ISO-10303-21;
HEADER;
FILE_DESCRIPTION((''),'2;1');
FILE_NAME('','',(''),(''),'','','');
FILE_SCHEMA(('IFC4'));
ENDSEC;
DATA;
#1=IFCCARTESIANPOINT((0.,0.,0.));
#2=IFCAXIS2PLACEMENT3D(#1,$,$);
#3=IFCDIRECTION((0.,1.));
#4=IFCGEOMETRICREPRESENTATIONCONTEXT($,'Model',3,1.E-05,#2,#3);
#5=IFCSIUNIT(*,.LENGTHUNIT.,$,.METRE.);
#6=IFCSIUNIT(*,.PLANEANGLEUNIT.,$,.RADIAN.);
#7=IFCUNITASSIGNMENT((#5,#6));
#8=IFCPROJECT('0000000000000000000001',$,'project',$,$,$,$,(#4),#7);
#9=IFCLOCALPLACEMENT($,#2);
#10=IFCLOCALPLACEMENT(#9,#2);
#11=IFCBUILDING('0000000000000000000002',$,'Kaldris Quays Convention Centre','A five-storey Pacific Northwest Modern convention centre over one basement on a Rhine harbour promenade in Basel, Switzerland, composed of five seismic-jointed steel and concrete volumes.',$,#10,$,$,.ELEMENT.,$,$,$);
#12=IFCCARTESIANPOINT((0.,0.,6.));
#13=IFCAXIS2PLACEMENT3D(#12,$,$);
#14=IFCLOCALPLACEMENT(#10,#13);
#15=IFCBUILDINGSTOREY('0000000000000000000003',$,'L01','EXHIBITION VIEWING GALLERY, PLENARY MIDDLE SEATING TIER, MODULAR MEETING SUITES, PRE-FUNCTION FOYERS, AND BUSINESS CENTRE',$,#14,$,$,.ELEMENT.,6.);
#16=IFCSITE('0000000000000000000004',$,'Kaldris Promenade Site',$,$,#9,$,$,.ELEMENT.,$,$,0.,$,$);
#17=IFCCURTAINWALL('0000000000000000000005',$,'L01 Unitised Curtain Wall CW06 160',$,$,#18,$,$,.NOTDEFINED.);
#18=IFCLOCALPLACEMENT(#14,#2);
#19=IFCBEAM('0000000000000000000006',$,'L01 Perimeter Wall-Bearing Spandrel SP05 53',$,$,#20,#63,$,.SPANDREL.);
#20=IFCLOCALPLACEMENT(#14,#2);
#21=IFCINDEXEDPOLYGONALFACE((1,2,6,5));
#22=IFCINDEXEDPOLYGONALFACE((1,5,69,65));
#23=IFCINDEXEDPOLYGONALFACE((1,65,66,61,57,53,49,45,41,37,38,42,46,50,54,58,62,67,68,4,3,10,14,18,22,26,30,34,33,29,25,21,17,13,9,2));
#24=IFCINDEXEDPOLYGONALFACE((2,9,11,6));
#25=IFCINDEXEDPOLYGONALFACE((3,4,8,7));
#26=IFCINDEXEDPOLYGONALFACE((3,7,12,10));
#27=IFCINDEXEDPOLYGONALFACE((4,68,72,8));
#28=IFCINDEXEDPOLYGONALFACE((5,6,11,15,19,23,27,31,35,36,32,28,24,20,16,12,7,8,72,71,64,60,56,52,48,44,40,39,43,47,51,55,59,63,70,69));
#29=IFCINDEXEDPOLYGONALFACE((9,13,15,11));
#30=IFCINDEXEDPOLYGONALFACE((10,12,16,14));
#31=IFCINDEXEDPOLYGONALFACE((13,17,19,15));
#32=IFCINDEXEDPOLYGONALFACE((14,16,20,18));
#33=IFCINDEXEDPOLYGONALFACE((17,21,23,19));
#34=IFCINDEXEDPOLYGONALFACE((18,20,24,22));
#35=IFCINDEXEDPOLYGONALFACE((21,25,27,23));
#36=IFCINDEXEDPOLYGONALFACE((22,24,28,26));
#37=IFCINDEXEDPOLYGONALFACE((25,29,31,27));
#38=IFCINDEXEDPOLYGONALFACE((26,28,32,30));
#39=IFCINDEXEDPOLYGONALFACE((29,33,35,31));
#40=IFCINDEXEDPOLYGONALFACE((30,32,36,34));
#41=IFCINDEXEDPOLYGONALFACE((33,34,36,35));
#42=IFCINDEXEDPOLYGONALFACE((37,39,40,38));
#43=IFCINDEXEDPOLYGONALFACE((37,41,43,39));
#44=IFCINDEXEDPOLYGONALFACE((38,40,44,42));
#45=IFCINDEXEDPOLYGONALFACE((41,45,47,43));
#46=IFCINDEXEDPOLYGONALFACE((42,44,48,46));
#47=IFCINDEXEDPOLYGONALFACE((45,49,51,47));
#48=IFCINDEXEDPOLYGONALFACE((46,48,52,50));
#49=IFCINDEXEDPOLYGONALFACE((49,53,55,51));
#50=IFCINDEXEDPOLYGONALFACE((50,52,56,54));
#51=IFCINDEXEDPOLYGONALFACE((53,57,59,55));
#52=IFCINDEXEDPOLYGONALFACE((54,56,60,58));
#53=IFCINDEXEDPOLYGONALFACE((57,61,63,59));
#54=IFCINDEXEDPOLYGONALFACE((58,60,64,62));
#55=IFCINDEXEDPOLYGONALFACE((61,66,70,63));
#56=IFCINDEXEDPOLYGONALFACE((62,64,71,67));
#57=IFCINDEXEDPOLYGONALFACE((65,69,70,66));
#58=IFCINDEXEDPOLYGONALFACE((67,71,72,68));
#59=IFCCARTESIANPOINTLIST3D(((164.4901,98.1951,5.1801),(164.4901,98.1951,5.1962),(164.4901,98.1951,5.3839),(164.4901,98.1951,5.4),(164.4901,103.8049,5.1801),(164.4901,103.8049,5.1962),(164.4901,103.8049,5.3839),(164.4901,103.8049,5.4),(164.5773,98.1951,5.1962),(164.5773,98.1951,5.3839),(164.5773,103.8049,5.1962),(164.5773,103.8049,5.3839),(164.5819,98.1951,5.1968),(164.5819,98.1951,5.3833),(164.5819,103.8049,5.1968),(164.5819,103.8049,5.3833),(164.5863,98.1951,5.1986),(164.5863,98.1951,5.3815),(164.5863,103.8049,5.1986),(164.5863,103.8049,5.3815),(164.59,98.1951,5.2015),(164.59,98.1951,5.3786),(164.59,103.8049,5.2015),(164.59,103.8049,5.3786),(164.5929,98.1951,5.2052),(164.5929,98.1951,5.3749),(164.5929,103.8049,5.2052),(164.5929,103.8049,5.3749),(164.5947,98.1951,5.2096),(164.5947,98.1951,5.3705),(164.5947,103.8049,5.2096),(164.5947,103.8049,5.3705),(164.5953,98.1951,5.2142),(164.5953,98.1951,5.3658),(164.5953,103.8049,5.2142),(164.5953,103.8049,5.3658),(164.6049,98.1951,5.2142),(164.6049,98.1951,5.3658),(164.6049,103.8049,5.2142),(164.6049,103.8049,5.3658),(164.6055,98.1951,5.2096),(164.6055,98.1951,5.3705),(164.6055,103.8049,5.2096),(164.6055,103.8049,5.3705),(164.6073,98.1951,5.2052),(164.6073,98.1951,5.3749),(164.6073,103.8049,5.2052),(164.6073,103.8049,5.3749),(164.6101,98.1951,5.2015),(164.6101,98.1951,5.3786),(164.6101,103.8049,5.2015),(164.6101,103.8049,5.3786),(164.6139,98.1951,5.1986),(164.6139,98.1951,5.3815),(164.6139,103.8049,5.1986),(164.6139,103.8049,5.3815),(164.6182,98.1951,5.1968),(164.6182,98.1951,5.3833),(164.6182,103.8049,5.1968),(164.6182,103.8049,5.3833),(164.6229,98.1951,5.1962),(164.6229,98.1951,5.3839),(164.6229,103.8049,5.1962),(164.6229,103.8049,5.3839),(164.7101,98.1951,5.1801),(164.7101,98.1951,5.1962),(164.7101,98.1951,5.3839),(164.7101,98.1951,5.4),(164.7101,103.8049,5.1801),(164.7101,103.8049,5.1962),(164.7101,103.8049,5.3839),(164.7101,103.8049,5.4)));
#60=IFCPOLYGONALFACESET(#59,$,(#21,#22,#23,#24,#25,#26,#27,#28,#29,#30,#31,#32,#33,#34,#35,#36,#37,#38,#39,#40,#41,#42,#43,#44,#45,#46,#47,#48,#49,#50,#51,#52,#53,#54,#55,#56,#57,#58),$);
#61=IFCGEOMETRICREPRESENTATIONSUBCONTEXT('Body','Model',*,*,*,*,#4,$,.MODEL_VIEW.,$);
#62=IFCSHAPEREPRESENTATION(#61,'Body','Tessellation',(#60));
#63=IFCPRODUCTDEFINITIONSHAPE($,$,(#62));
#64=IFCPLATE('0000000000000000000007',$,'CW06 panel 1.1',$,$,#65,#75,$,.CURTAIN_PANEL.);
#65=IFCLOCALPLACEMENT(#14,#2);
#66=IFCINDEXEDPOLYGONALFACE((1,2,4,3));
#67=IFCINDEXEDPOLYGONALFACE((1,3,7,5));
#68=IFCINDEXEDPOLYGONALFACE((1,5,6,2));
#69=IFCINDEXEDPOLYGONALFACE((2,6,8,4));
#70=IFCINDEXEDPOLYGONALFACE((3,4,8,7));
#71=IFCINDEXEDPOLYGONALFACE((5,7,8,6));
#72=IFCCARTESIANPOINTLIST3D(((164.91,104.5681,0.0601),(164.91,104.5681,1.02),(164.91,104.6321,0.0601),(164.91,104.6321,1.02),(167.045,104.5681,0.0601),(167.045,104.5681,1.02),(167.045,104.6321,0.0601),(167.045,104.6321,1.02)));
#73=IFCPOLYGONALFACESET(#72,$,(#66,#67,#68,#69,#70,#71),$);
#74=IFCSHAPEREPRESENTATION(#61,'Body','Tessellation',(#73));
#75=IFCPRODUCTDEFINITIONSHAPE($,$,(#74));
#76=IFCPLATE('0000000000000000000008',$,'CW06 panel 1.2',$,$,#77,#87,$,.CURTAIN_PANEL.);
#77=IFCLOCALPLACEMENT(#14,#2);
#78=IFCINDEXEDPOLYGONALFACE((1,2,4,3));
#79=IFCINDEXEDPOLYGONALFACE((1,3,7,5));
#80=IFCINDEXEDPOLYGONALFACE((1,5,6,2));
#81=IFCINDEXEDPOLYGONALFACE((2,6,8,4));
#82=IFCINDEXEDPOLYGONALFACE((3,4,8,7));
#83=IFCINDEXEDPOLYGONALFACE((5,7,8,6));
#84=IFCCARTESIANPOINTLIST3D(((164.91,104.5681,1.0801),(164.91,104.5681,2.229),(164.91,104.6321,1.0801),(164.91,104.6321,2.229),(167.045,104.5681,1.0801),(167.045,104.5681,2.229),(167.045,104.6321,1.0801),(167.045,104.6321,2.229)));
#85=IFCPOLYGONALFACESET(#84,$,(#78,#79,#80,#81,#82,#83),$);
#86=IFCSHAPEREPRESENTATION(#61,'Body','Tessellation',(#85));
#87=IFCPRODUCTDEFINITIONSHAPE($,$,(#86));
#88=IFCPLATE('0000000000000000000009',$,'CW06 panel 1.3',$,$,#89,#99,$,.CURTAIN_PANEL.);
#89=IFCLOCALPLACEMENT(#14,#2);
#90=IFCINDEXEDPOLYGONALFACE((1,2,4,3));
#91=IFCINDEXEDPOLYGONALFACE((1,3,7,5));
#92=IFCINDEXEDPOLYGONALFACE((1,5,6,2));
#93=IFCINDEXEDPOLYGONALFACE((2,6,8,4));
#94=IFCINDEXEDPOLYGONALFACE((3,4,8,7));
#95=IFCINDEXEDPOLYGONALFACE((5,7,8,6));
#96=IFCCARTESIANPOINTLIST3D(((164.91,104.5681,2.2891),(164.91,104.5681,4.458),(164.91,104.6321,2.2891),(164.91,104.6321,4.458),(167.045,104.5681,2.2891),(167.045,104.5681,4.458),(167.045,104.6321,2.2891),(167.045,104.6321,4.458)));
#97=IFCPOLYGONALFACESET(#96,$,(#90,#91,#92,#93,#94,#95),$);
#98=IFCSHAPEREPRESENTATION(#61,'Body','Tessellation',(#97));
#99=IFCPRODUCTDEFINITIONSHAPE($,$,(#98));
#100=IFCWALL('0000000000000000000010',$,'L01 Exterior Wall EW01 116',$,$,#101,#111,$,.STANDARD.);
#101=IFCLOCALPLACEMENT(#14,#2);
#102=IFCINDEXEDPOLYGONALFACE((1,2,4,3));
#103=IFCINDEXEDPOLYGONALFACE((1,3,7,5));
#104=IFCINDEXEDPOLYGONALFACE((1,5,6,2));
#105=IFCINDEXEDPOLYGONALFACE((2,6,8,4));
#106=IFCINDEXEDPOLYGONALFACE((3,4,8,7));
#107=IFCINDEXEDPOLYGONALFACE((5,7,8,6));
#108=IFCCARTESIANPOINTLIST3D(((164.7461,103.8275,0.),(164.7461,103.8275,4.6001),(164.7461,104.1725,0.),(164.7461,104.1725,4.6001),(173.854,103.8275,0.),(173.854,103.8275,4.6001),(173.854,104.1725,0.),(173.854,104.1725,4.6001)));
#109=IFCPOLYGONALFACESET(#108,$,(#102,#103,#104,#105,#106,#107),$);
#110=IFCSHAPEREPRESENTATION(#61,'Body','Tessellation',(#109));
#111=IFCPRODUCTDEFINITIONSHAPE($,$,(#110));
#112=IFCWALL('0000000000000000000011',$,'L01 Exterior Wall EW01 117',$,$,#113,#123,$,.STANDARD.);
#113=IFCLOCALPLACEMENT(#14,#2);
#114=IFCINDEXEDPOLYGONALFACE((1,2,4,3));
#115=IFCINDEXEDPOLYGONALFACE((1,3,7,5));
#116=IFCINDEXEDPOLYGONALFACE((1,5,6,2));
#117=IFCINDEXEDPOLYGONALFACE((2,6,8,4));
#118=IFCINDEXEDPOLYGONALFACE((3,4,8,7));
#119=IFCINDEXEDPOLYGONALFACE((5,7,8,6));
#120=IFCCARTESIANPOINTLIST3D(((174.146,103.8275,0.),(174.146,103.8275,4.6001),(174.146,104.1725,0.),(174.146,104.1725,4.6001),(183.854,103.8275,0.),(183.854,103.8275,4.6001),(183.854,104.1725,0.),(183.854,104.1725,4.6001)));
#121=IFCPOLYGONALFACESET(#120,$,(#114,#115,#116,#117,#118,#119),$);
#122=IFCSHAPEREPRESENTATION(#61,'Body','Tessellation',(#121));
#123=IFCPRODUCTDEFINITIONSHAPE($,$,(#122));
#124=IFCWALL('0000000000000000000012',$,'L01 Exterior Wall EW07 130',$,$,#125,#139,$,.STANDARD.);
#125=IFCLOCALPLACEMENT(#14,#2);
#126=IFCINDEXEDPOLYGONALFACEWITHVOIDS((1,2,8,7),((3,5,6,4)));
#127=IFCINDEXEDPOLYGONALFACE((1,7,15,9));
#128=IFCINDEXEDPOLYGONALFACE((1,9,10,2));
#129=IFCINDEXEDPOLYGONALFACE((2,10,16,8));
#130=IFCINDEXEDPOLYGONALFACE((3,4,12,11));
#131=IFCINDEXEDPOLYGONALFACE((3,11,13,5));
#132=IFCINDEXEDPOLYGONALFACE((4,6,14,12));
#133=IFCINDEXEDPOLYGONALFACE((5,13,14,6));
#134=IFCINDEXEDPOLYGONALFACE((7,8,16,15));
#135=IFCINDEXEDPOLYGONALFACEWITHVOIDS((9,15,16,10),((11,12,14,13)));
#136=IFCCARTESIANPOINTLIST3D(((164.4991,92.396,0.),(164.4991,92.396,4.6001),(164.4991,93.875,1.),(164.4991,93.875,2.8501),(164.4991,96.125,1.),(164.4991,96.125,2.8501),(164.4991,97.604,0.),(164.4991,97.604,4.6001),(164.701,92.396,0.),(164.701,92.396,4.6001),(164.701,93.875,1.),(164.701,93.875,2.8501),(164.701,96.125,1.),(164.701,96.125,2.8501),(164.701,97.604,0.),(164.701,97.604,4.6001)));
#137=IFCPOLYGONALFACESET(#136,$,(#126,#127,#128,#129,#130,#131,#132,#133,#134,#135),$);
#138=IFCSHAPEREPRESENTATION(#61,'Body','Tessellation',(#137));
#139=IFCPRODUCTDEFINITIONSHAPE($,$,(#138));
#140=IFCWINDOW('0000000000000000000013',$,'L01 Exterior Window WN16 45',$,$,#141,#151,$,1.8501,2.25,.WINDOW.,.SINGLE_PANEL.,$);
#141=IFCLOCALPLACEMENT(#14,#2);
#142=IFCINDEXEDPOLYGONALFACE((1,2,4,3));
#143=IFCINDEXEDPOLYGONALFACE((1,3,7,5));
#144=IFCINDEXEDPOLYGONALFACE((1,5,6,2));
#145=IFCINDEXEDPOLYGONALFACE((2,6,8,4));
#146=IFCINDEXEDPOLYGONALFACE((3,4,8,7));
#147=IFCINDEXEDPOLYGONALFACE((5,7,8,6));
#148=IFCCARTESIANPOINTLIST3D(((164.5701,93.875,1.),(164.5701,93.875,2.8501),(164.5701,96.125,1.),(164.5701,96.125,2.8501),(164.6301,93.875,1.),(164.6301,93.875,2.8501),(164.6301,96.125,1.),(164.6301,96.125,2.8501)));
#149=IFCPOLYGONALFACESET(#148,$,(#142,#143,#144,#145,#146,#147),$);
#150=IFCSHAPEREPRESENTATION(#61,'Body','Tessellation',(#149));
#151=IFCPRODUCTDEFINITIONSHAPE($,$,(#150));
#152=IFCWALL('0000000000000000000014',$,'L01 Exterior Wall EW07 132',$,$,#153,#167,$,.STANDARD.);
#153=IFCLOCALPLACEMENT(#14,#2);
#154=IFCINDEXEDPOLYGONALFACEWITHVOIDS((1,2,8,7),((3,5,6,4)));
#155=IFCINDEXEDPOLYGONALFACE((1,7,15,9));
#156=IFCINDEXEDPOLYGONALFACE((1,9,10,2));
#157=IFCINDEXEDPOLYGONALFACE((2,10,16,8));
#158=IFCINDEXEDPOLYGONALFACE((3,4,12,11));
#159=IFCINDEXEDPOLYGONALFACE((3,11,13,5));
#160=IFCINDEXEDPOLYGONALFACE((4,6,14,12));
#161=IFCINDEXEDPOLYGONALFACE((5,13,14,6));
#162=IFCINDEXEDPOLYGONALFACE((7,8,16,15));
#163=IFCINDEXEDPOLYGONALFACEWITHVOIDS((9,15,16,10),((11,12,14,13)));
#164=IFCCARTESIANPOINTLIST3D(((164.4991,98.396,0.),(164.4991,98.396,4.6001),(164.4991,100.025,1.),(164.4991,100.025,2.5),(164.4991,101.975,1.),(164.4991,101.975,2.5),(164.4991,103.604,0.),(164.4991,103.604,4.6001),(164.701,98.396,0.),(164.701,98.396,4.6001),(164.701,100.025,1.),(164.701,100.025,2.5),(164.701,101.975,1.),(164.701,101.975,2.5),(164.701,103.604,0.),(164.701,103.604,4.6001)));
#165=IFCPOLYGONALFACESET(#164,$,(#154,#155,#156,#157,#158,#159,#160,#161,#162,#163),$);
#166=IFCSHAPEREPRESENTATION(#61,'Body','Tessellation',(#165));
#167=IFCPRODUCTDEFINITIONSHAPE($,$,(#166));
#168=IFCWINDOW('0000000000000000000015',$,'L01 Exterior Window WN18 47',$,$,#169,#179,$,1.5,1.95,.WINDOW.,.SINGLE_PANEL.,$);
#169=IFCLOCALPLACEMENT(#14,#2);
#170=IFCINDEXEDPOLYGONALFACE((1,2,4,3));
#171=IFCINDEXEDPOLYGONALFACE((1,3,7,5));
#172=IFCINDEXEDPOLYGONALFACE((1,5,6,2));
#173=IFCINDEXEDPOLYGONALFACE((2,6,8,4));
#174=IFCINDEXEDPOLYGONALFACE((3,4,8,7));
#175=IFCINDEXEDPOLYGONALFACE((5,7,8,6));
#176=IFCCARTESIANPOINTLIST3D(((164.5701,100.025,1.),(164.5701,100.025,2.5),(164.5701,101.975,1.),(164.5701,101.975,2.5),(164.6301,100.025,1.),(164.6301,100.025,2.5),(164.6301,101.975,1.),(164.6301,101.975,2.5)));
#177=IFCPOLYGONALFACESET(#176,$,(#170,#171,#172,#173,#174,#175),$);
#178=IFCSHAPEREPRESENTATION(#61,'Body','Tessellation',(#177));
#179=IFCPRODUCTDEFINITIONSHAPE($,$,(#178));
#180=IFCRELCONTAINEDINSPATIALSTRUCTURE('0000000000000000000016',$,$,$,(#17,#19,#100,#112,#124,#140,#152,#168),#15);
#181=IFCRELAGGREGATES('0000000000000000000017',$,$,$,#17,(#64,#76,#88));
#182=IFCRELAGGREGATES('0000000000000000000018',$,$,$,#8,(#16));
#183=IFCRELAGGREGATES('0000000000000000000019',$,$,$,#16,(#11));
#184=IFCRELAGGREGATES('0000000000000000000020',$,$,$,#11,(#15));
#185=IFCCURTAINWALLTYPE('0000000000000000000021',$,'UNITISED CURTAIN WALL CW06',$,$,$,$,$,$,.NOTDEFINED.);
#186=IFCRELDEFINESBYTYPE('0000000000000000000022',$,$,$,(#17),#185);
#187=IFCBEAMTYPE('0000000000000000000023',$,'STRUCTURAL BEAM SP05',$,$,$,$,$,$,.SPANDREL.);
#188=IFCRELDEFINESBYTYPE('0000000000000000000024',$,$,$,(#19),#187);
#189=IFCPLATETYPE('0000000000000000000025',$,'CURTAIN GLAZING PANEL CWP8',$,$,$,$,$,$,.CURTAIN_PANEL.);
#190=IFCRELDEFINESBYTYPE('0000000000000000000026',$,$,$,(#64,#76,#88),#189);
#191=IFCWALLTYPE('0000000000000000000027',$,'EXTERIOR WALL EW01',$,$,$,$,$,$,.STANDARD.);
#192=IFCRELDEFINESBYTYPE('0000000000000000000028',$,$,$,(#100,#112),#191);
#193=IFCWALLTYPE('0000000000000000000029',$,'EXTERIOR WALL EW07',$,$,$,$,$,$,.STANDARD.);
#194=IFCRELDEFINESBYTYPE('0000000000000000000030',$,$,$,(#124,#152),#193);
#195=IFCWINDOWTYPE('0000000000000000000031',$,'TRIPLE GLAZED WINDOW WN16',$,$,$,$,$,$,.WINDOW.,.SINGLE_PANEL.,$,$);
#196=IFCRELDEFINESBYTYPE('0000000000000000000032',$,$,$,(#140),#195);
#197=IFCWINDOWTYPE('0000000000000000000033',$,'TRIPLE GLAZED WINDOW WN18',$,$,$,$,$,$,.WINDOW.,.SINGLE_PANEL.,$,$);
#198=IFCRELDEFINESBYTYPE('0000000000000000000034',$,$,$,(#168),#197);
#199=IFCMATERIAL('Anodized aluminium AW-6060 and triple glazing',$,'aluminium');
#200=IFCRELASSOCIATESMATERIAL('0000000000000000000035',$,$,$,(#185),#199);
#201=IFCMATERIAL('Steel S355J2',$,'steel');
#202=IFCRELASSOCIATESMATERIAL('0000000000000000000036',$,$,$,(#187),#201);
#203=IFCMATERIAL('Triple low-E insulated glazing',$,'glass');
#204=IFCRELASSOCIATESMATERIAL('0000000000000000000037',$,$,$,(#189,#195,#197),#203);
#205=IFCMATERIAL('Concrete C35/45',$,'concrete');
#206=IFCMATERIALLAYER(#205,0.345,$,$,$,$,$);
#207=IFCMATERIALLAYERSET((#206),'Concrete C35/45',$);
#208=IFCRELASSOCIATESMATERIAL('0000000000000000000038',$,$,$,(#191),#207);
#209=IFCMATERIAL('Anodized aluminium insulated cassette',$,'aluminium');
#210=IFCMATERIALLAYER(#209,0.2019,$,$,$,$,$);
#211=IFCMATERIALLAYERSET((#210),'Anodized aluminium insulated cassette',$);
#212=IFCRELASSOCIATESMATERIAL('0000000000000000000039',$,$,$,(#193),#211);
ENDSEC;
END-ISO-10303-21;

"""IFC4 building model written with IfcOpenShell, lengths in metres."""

from ifc_helpers import new_model, si_unit, direction, frame, frame_2d, origin, origin_2d, place, context, subcontext, project, spatial, rectangle, i_section, extrude, material, layer, layer_set, material_profile, profile_set, type_object, element, fill, aggregate, save


model = new_model("IFC4")

# Units and contexts
model_context = context("Model", 3, precision=1e-05, world=origin(), true_north=direction((0.0, 1.0)))
body_context = subcontext(model_context, "Body", "Model", "MODEL_VIEW")
ifc_project = project(units=[si_unit("LENGTHUNIT", "METRE"), si_unit("PLANEANGLEUNIT", "RADIAN")], contexts=[model_context])

# Site, building, storey
site_placement = place(None, origin())
site = spatial("IfcSite", under=ifc_project, at=site_placement, Name="Kaldris Promenade Site", CompositionType="ELEMENT", RefElevation=0.0)
building_placement = place(site_placement, origin())
building = spatial("IfcBuilding", under=site, at=building_placement, Name="Kaldris Quays Convention Centre", Description="A five-storey Pacific Northwest Modern convention centre over one basement on a Rhine harbour promenade in Basel, Switzerland, composed of five seismic-jointed steel and concrete volumes.", CompositionType="ELEMENT")
storey_placement = place(building_placement, frame((0.0, 0.0, 6.0)))
storey = spatial("IfcBuildingStorey", under=building, at=storey_placement, Name="L01", Description="EXHIBITION VIEWING GALLERY, PLENARY MIDDLE SEATING TIER, MODULAR MEETING SUITES, PRE-FUNCTION FOYERS, AND BUSINESS CENTRE", CompositionType="ELEMENT", Elevation=6.0)

# Shared definitions
ifc_material_1 = material(Name="Steel S355J2", Category="steel")

# Curtain wall
ifc_material_2 = material(Name="Anodized aluminium AW-6060 and triple glazing", Category="aluminium")
curtain_wall_type = type_object("IfcCurtainWallType", Name="UNITISED CURTAIN WALL CW06", PredefinedType="NOTDEFINED", material=ifc_material_2)
curtain_wall_placement = place(storey_placement, origin())
curtain_wall = element("IfcCurtainWall", 1, at=curtain_wall_placement, inside=storey, type_object=curtain_wall_type, Name="L01 Unitised Curtain Wall CW06 160", PredefinedType="NOTDEFINED")

# Beam
ifc_material_profile_1 = material_profile(ifc_material_1, i_section(OverallWidth=0.22, OverallDepth=0.22, WebThickness=0.0095, FlangeThickness=0.0161, FilletRadius=0.0181, at=origin_2d()), Name="HEB 220")
ifc_profile_set_1 = profile_set([ifc_material_profile_1], Name="Steel S355J2")
beam_type_1 = type_object("IfcBeamType", Name="STRUCTURAL BEAM SP05", PredefinedType="SPANDREL", material=ifc_profile_set_1)
beam_1_placement = place(storey_placement, frame((164.6001, 98.1951, 5.29), z_axis=(0.0, 1.0, 0.0), x_axis=(-1.0, 0.0, 0.0)))
element("IfcBeam", 2, at=beam_1_placement, inside=storey, type_object=beam_type_1, Name="L01 Perimeter Wall-Bearing Spandrel SP05 53", PredefinedType="SPANDREL", context=body_context, shape_type="SweptSolid", body=[
    extrude(i_section(OverallWidth=0.22, OverallDepth=0.22, WebThickness=0.0095, FlangeThickness=0.0161, FilletRadius=0.0181, at=origin_2d()), origin(), (0.0, 0.0, 1.0), 5.6099),
])

# Plates
ifc_material_3 = material(Name="Triple low-E insulated glazing", Category="glass")
plate_type = type_object("IfcPlateType", Name="CURTAIN GLAZING PANEL CWP8", PredefinedType="CURTAIN_PANEL", material=ifc_material_3)
plate_1_placement = place(storey_placement, frame((165.9775, 104.6001, 0.0601), z_axis=(0.0, 0.0, 1.0), x_axis=(1.0, 0.0, 0.0)))
plate_1 = element("IfcPlate", 3, at=plate_1_placement, type_object=plate_type, Name="CW06 panel 1.1", PredefinedType="CURTAIN_PANEL", context=body_context, shape_type="SweptSolid", body=[
    extrude(rectangle(XDim=2.135, YDim=0.064, at=origin_2d()), origin(), (0.0, 0.0, 1.0), 0.96),
])
plate_2_placement = place(storey_placement, frame((165.9775, 104.6001, 1.0801), z_axis=(0.0, 0.0, 1.0), x_axis=(1.0, 0.0, 0.0)))
plate_2 = element("IfcPlate", 4, at=plate_2_placement, type_object=plate_type, Name="CW06 panel 1.2", PredefinedType="CURTAIN_PANEL", context=body_context, shape_type="SweptSolid", body=[
    extrude(rectangle(XDim=2.135, YDim=0.064, at=origin_2d()), origin(), (0.0, 0.0, 1.0), 1.1489),
])
plate_3_placement = place(storey_placement, frame((165.9775, 104.6001, 2.2891), z_axis=(0.0, 0.0, 1.0), x_axis=(1.0, 0.0, 0.0)))
plate_3 = element("IfcPlate", 5, at=plate_3_placement, type_object=plate_type, Name="CW06 panel 1.3", PredefinedType="CURTAIN_PANEL", context=body_context, shape_type="SweptSolid", body=[
    extrude(rectangle(XDim=2.135, YDim=0.064, at=origin_2d()), origin(), (0.0, 0.0, 1.0), 2.1689),
])
aggregate(curtain_wall, [plate_1, plate_2, plate_3])

# Walls
ifc_material_4 = material(Name="Concrete C35/45", Category="concrete")
ifc_layer_1 = layer(ifc_material_4, 0.345)
ifc_layer_set_1 = layer_set([ifc_layer_1], Name="Concrete C35/45")
wall_type_1 = type_object("IfcWallType", Name="EXTERIOR WALL EW01", PredefinedType="STANDARD", material=ifc_layer_set_1)
wall_1_placement = place(storey_placement, frame((164.7461, 104.0, 0.0), z_axis=(0.0, 0.0, 1.0), x_axis=(1.0, 0.0, 0.0)))
element("IfcWall", 6, at=wall_1_placement, inside=storey, type_object=wall_type_1, Name="L01 Exterior Wall EW01 116", PredefinedType="STANDARD", context=body_context, shape_type="SweptSolid", body=[
    extrude(rectangle(XDim=9.1079, YDim=0.345, at=frame_2d((4.554, 0.0))), origin(), (0.0, 0.0, 1.0), 4.6001),
])
wall_2_placement = place(storey_placement, frame((174.146, 104.0, 0.0), z_axis=(0.0, 0.0, 1.0), x_axis=(1.0, 0.0, 0.0)))
element("IfcWall", 7, at=wall_2_placement, inside=storey, type_object=wall_type_1, Name="L01 Exterior Wall EW01 117", PredefinedType="STANDARD", context=body_context, shape_type="SweptSolid", body=[
    extrude(rectangle(XDim=9.708, YDim=0.345, at=frame_2d((4.854, 0.0))), origin(), (0.0, 0.0, 1.0), 4.6001),
])

# Walls, openings, windows
ifc_material_5 = material(Name="Anodized aluminium insulated cassette", Category="aluminium")
ifc_layer_2 = layer(ifc_material_5, 0.2019)
ifc_layer_set_2 = layer_set([ifc_layer_2], Name="Anodized aluminium insulated cassette")
wall_type_2 = type_object("IfcWallType", Name="EXTERIOR WALL EW07", PredefinedType="STANDARD", material=ifc_layer_set_2)
wall_3_placement = place(storey_placement, frame((164.6001, 92.396, 0.0), z_axis=(0.0, 0.0, 1.0), x_axis=(0.0, 1.0, 0.0)))
wall_3 = element("IfcWall", 8, at=wall_3_placement, inside=storey, type_object=wall_type_2, Name="L01 Exterior Wall EW07 130", PredefinedType="STANDARD", context=body_context, shape_type="SweptSolid", body=[
    extrude(rectangle(XDim=5.208, YDim=0.2019, at=frame_2d((2.604, 0.0))), origin(), (0.0, 0.0, 1.0), 4.6001),
])
opening_1_placement = place(wall_3_placement, frame((1.479, 0.0, 1.0)))
opening_1 = element("IfcOpeningElement", 9, at=opening_1_placement, cuts=wall_3, PredefinedType="OPENING", context=body_context, shape_type="SweptSolid", body=[
    extrude(rectangle(XDim=2.25, YDim=1.8501, at=frame_2d((1.125, 0.925))), frame((0.0, 0.1108, 0.0), z_axis=(0.0, -1.0, 0.0), x_axis=(1.0, 0.0, 0.0)), (0.0, 0.0, 1.0), 0.2219),
])
window_type_1 = type_object("IfcWindowType", Name="TRIPLE GLAZED WINDOW WN16", PartitioningType="SINGLE_PANEL", PredefinedType="WINDOW", material=ifc_material_3)
window_1_placement = place(opening_1_placement, origin())
window_1 = element("IfcWindow", 10, at=window_1_placement, inside=storey, type_object=window_type_1, Name="L01 Exterior Window WN16 45", OverallHeight=1.8501, OverallWidth=2.25, PartitioningType="SINGLE_PANEL", PredefinedType="WINDOW", context=body_context, shape_type="SweptSolid", body=[
    extrude(rectangle(XDim=2.25, YDim=1.8501, at=frame_2d((1.125, 0.925))), frame((0.0, 0.03, 0.0), z_axis=(0.0, -1.0, 0.0), x_axis=(1.0, 0.0, 0.0)), (0.0, 0.0, 1.0), 0.0601),
])
fill(opening_1, window_1)
wall_4_placement = place(storey_placement, frame((164.6001, 98.396, 0.0), z_axis=(0.0, 0.0, 1.0), x_axis=(0.0, 1.0, 0.0)))
wall_4 = element("IfcWall", 11, at=wall_4_placement, inside=storey, type_object=wall_type_2, Name="L01 Exterior Wall EW07 132", PredefinedType="STANDARD", context=body_context, shape_type="SweptSolid", body=[
    extrude(rectangle(XDim=5.208, YDim=0.2019, at=frame_2d((2.604, 0.0))), origin(), (0.0, 0.0, 1.0), 4.6001),
])
opening_2_placement = place(wall_4_placement, frame((1.6289, 0.0, 1.0)))
opening_2 = element("IfcOpeningElement", 12, at=opening_2_placement, cuts=wall_4, PredefinedType="OPENING", context=body_context, shape_type="SweptSolid", body=[
    extrude(rectangle(XDim=1.95, YDim=1.5, at=frame_2d((0.9751, 0.75))), frame((0.0, 0.1108, 0.0), z_axis=(0.0, -1.0, 0.0), x_axis=(1.0, 0.0, 0.0)), (0.0, 0.0, 1.0), 0.2219),
])
window_type_2 = type_object("IfcWindowType", Name="TRIPLE GLAZED WINDOW WN18", PartitioningType="SINGLE_PANEL", PredefinedType="WINDOW", material=ifc_material_3)
window_2_placement = place(opening_2_placement, origin())
window_2 = element("IfcWindow", 13, at=window_2_placement, inside=storey, type_object=window_type_2, Name="L01 Exterior Window WN18 47", OverallHeight=1.5, OverallWidth=1.95, PartitioningType="SINGLE_PANEL", PredefinedType="WINDOW", context=body_context, shape_type="SweptSolid", body=[
    extrude(rectangle(XDim=1.95, YDim=1.5, at=frame_2d((0.9751, 0.75))), frame((0.0, 0.03, 0.0), z_axis=(0.0, -1.0, 0.0), x_axis=(1.0, 0.0, 0.0)), (0.0, 0.0, 1.0), 0.0601),
])
fill(opening_2, window_2)

save(model, "model.ifc")
